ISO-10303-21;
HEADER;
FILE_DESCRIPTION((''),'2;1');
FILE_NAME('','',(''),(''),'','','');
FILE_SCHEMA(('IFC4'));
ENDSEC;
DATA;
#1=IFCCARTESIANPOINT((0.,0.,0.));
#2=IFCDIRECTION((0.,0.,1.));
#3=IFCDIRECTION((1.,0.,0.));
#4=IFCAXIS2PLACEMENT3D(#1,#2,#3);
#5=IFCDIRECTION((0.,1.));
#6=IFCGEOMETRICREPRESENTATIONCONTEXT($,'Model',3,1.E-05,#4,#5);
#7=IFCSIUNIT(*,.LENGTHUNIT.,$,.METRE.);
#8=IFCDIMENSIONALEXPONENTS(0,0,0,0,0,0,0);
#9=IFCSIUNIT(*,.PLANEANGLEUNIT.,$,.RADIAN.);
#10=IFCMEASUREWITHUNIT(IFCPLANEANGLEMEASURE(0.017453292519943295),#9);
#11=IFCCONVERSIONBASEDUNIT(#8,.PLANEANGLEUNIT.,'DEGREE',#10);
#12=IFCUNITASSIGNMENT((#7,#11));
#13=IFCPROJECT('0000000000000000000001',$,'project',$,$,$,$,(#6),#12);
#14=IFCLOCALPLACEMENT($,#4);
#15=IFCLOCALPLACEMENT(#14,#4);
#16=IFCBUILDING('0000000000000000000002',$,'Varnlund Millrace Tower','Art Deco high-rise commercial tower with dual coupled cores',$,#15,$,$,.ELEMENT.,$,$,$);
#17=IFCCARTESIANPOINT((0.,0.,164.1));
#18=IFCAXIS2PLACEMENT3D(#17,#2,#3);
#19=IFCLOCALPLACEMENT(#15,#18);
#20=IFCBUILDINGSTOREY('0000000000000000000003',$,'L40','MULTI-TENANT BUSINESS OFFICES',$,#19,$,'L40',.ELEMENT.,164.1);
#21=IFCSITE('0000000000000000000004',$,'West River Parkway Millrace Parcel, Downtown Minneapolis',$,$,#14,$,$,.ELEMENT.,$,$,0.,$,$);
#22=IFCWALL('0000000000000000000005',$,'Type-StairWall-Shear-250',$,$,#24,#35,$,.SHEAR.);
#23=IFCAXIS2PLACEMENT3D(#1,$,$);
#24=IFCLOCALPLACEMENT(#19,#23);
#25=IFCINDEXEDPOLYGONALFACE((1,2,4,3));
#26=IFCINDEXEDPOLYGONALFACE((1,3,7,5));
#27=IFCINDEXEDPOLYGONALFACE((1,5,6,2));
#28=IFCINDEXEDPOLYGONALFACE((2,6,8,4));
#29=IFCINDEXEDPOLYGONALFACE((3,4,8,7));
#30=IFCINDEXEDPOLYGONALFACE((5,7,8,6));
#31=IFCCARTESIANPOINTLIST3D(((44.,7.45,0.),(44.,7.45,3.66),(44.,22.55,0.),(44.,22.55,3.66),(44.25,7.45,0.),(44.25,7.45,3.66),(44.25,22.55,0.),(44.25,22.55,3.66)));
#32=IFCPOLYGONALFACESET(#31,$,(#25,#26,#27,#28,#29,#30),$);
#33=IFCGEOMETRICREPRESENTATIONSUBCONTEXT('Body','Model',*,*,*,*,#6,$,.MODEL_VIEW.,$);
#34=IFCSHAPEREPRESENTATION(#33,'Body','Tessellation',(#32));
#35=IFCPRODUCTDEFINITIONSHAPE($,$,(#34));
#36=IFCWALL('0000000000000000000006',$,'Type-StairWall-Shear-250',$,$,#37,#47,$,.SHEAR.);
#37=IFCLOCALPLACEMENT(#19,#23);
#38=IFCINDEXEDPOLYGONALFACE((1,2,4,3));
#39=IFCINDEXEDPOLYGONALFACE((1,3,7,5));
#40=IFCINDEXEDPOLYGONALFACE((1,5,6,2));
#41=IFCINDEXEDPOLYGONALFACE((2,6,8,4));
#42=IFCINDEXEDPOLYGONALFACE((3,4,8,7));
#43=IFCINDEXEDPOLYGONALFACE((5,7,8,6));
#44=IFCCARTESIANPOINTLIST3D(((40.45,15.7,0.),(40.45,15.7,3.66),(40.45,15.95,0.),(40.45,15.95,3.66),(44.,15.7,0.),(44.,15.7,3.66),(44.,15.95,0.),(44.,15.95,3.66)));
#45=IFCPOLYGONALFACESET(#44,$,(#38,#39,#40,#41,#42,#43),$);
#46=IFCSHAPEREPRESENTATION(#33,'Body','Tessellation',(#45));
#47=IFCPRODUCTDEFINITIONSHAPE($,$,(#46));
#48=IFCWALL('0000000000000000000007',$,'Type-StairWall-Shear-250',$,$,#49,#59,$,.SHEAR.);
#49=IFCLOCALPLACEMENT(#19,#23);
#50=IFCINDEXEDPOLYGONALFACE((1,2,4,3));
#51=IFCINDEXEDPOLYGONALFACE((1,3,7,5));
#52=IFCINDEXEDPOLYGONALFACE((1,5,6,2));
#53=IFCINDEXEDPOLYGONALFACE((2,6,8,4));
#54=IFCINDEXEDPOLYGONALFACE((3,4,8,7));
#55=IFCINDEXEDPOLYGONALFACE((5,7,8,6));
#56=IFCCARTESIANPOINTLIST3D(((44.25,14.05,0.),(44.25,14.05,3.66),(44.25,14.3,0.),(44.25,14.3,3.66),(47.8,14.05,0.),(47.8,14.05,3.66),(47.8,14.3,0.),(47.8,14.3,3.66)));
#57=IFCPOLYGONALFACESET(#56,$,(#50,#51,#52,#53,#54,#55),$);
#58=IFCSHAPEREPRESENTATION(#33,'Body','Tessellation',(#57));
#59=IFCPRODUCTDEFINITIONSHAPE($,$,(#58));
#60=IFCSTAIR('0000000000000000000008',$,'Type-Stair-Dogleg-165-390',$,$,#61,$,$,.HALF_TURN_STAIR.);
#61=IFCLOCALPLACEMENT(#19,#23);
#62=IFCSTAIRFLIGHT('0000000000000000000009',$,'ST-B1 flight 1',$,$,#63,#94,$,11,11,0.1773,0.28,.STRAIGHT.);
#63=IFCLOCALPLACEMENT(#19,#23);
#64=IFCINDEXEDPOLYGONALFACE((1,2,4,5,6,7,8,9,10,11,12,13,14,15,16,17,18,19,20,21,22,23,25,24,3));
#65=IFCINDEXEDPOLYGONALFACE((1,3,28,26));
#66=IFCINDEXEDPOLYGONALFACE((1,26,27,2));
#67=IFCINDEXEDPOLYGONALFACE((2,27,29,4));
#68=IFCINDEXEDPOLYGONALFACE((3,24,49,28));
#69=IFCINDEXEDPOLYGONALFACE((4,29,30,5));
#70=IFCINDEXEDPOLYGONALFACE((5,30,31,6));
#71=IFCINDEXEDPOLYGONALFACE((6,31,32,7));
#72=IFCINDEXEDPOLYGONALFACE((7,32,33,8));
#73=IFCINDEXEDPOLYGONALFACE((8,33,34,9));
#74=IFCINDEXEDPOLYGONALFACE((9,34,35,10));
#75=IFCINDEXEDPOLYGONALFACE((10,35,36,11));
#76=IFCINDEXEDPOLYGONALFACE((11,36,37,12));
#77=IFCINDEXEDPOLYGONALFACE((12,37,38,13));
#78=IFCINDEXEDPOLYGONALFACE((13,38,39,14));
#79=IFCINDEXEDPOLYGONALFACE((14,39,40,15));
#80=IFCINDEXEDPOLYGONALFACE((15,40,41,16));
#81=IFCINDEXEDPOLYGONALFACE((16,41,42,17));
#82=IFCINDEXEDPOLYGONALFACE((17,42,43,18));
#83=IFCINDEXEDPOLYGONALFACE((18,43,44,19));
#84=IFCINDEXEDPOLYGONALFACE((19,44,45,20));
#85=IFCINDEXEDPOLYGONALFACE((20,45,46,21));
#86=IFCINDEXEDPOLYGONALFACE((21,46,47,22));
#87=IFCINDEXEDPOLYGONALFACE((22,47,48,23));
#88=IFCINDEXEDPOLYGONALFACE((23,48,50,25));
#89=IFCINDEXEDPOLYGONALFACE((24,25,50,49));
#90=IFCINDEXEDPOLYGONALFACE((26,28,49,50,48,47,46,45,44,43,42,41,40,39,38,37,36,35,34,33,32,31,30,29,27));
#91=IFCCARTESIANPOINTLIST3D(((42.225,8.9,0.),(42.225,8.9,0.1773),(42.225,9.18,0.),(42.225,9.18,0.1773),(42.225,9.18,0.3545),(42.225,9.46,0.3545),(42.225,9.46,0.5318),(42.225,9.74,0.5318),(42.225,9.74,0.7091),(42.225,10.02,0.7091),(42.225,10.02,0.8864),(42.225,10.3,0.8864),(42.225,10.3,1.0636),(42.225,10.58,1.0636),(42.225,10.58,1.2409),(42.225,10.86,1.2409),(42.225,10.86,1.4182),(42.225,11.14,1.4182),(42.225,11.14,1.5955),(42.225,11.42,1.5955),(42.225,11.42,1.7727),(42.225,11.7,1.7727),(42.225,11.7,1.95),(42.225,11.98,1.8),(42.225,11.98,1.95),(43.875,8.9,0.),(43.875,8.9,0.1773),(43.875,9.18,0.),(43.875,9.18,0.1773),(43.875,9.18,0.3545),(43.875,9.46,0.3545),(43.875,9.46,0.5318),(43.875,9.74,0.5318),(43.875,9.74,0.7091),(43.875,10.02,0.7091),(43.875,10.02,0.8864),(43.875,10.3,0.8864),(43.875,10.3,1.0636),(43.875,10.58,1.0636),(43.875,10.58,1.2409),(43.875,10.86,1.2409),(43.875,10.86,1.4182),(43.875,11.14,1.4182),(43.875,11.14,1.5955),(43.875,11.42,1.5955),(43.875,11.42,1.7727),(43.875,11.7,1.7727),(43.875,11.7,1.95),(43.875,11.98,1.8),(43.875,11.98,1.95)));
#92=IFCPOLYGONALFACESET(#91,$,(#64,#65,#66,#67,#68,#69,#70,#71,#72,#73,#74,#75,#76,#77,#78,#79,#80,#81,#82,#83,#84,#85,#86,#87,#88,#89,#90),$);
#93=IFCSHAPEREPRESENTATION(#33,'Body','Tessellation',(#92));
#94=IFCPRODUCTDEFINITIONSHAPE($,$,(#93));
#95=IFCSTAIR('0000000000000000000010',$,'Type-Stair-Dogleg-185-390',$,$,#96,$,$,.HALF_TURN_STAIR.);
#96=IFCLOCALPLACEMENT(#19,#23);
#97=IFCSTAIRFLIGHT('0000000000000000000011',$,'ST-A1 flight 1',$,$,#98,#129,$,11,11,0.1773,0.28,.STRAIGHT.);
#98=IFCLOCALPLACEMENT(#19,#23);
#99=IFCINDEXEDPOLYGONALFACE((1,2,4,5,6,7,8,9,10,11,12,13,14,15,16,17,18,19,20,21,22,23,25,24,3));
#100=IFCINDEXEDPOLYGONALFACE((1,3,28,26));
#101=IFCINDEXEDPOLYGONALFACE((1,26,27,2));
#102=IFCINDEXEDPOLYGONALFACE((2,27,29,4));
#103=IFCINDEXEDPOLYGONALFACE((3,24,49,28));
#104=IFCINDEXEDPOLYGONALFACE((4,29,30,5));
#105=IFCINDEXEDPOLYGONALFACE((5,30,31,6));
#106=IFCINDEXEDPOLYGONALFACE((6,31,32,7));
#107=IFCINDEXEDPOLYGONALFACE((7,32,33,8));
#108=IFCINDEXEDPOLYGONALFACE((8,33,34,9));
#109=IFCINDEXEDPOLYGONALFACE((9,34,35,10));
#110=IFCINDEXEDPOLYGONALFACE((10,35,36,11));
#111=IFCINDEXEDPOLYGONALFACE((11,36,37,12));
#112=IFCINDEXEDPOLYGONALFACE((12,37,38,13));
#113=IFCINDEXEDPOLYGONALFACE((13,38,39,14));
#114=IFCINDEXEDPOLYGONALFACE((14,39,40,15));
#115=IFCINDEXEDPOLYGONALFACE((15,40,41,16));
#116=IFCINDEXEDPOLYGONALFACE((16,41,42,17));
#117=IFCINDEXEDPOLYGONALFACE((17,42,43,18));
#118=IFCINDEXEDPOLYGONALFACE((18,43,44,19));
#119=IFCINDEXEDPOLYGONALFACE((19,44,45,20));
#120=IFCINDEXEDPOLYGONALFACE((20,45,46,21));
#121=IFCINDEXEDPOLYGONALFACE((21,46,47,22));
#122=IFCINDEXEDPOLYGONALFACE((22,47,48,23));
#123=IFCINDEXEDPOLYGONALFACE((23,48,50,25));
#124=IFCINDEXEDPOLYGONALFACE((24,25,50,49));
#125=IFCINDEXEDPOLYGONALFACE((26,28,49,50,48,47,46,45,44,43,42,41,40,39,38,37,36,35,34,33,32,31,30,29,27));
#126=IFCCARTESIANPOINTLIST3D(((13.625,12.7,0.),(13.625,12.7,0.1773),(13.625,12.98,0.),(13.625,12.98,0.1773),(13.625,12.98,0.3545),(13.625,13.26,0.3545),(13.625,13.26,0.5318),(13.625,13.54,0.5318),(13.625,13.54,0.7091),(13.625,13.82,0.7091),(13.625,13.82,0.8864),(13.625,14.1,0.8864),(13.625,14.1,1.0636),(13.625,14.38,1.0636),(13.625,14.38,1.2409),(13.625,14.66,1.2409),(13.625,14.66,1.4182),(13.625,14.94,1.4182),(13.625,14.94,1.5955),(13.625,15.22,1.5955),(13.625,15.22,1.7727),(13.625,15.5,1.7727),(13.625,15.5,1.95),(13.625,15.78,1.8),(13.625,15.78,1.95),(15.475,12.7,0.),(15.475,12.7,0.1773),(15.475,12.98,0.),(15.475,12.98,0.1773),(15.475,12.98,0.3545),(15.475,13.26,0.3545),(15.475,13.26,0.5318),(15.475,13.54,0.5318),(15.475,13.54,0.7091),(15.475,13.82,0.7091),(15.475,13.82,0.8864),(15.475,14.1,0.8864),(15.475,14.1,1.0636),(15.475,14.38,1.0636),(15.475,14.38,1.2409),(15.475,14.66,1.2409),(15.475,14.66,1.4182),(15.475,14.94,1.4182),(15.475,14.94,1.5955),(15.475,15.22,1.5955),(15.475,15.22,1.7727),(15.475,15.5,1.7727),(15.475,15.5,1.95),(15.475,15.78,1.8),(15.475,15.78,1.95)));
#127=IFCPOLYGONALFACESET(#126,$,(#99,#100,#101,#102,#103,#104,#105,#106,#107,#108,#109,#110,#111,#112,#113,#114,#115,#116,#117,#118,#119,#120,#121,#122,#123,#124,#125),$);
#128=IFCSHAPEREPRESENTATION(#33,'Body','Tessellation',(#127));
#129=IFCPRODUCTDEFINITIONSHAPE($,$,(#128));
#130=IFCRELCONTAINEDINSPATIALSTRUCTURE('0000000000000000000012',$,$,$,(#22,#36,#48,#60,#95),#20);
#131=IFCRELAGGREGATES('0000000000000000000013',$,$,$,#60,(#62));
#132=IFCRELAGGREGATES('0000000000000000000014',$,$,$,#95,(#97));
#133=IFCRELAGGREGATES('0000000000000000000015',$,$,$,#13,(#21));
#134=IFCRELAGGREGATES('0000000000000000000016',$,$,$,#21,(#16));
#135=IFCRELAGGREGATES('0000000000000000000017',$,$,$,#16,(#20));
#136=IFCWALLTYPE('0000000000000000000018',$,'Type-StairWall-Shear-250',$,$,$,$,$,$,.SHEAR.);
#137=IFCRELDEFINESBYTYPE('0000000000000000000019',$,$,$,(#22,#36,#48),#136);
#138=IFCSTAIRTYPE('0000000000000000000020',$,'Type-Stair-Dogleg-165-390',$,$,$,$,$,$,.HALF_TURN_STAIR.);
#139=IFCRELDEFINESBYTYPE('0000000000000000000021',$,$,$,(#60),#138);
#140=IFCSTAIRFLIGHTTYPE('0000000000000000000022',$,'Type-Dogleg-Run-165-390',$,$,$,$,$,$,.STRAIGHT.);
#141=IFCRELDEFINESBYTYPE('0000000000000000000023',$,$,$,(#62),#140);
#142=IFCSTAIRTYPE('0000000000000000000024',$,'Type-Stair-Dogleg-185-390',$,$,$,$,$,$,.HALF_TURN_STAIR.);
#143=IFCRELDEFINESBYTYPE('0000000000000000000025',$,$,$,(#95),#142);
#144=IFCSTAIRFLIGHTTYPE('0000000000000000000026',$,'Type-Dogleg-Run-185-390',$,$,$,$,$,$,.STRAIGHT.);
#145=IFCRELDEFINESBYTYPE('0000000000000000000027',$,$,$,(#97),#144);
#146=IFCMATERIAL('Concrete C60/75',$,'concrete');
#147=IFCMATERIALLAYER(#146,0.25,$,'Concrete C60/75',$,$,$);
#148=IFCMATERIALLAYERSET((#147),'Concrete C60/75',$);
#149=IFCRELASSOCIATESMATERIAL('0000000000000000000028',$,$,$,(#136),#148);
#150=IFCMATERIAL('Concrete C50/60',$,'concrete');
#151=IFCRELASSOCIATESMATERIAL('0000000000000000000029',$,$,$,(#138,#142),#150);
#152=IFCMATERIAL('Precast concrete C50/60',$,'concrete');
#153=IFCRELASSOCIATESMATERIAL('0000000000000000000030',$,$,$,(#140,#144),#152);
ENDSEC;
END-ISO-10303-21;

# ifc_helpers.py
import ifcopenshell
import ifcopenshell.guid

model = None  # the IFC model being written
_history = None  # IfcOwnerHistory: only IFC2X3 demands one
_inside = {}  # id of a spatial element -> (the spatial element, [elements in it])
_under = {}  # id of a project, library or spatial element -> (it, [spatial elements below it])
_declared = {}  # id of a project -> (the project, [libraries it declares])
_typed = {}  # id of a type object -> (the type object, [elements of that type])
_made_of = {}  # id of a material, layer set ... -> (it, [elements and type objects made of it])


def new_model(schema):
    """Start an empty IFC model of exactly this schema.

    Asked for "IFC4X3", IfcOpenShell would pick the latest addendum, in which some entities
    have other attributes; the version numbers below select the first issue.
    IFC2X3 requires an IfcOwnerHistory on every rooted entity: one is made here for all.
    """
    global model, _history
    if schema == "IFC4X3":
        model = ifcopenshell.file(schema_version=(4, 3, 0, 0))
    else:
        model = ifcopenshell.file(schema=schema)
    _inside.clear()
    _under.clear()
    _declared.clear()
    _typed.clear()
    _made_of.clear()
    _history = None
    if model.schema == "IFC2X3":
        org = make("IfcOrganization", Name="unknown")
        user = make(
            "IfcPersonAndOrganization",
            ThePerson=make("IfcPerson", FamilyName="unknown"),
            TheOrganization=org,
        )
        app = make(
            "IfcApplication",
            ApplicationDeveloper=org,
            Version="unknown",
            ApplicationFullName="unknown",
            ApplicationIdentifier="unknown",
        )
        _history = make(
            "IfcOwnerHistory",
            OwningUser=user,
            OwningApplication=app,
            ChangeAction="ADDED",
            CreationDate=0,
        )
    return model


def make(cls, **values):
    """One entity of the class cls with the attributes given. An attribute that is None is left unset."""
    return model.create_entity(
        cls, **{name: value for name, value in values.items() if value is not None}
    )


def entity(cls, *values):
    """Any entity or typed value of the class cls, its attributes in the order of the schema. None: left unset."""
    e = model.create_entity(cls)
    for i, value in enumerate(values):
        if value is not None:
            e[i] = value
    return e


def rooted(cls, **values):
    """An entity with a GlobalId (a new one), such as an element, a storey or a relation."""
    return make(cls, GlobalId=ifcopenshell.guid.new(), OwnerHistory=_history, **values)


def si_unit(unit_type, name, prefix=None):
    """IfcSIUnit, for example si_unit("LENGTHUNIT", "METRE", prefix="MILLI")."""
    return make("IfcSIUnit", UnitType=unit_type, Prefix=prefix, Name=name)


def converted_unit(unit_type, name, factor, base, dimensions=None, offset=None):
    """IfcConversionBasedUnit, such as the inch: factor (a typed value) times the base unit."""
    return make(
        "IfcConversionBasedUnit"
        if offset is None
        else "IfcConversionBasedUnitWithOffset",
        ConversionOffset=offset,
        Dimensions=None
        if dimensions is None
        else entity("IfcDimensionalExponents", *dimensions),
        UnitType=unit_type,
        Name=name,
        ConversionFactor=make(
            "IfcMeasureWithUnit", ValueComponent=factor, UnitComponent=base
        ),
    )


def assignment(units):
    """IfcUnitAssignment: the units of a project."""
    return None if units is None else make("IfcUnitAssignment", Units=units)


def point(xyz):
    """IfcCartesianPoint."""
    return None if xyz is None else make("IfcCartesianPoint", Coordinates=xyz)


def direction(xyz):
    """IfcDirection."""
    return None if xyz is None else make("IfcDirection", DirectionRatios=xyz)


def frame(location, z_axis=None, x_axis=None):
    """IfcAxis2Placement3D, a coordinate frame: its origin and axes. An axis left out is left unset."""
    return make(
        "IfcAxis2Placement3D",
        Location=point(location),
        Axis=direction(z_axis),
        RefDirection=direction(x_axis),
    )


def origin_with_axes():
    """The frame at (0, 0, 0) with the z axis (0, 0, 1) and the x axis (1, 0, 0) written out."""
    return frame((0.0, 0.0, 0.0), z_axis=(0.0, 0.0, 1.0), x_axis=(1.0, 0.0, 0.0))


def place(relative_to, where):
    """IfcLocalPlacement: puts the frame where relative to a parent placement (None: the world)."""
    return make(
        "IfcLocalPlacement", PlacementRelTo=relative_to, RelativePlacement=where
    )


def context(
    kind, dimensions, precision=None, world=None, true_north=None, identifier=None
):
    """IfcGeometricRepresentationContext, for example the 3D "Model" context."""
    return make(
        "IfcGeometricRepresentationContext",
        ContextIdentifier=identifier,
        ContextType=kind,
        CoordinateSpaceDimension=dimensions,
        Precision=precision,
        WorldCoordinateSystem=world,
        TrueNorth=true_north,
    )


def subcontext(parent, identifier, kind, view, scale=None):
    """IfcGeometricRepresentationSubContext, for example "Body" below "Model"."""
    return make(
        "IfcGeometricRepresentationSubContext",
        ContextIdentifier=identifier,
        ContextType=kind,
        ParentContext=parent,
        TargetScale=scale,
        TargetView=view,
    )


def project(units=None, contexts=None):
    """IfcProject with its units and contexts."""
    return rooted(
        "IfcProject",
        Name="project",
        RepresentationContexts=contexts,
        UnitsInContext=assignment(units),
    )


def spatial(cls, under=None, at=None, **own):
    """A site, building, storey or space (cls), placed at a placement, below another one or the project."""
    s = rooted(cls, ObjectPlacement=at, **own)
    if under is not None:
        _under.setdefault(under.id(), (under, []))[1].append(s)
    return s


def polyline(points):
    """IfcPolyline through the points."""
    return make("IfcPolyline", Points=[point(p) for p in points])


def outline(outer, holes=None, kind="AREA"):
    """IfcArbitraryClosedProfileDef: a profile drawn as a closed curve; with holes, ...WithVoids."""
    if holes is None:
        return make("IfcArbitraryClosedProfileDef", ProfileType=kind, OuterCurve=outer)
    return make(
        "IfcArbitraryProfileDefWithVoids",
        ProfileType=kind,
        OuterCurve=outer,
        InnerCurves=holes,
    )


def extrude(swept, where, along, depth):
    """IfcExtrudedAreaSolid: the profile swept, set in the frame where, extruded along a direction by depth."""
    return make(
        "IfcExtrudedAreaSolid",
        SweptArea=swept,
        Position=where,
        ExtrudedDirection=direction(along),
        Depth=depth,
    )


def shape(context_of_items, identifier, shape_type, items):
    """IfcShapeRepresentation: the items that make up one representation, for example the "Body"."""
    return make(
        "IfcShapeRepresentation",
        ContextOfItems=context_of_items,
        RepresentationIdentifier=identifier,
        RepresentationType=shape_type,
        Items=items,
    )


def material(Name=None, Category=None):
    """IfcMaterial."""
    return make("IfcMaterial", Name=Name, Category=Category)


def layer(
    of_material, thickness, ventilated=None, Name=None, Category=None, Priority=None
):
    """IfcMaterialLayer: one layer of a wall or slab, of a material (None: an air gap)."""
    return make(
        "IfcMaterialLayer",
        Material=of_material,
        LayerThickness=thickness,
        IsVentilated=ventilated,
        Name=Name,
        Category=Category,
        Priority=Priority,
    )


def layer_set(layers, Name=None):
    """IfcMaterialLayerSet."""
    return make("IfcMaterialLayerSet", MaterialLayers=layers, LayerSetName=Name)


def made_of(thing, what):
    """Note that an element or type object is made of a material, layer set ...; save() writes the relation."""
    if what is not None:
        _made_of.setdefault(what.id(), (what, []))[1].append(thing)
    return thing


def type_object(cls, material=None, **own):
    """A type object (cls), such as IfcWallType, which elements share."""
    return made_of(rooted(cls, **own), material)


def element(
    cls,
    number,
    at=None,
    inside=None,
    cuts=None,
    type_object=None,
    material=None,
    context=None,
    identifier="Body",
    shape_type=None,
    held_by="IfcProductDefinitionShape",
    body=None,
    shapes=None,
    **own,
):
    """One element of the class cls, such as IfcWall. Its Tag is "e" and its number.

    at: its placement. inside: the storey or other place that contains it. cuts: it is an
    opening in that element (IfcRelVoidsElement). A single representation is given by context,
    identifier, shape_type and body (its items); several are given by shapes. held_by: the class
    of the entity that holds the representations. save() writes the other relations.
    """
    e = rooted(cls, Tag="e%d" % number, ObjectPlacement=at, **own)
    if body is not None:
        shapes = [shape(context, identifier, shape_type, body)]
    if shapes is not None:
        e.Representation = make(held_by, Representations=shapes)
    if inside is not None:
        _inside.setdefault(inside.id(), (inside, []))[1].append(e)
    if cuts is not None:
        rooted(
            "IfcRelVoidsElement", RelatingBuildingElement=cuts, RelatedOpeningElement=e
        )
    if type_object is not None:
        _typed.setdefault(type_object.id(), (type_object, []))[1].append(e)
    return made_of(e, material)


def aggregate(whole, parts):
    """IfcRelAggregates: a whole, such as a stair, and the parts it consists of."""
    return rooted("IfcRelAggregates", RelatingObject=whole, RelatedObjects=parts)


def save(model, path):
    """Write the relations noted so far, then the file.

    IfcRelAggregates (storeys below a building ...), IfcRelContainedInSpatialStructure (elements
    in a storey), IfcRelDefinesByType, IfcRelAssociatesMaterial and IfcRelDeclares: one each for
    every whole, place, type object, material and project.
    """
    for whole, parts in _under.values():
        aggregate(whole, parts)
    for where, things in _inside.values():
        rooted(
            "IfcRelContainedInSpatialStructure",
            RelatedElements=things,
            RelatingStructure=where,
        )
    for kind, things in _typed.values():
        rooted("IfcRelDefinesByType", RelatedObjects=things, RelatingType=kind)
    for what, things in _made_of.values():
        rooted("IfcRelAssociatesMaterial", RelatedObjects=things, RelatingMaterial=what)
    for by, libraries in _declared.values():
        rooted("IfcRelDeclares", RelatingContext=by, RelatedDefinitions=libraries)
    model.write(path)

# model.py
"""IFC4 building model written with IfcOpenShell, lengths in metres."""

from ifc_helpers import new_model, entity, si_unit, converted_unit, direction, frame, origin_with_axes, place, context, subcontext, project, spatial, polyline, outline, extrude, material, layer, layer_set, type_object, element, aggregate, save


model = new_model("IFC4")

# Units and contexts
model_context = context("Model", 3, precision=1e-05, world=origin_with_axes(), true_north=direction((0.0, 1.0)))
body_context = subcontext(model_context, "Body", "Model", "MODEL_VIEW")
ifc_project = project(units=[si_unit("LENGTHUNIT", "METRE"), converted_unit("PLANEANGLEUNIT", "DEGREE", entity("IfcPlaneAngleMeasure", 0.017453292519943295), si_unit("PLANEANGLEUNIT", "RADIAN"), dimensions=[0, 0, 0, 0, 0, 0, 0])], contexts=[model_context])

# Site, building, storey
site_placement = place(None, origin_with_axes())
site = spatial("IfcSite", under=ifc_project, at=site_placement, Name="West River Parkway Millrace Parcel, Downtown Minneapolis", CompositionType="ELEMENT", RefElevation=0.0)
building_placement = place(site_placement, origin_with_axes())
building = spatial("IfcBuilding", under=site, at=building_placement, Name="Varnlund Millrace Tower", Description="Art Deco high-rise commercial tower with dual coupled cores", CompositionType="ELEMENT")
storey_placement = place(building_placement, frame((0.0, 0.0, 164.1), z_axis=(0.0, 0.0, 1.0), x_axis=(1.0, 0.0, 0.0)))
storey = spatial("IfcBuildingStorey", under=building, at=storey_placement, Name="L40", Description="MULTI-TENANT BUSINESS OFFICES", LongName="L40", CompositionType="ELEMENT", Elevation=164.1)

# Shared definitions
ifc_material_1 = material(Name="Concrete C60/75", Category="concrete")
ifc_layer_1 = layer(ifc_material_1, 0.25, Name="Concrete C60/75")
ifc_layer_set_1 = layer_set([ifc_layer_1], Name="Concrete C60/75")

# Walls
wall_type_1 = type_object("IfcWallType", Name="Type-StairWall-Shear-250", PredefinedType="SHEAR", material=ifc_layer_set_1)
wall_1_placement = place(storey_placement, frame((44.125, 7.45, 0.0), z_axis=(0.0, 0.0, 1.0), x_axis=(0.0, 1.0, 0.0)))
element("IfcWall", 1, at=wall_1_placement, inside=storey, type_object=wall_type_1, Name="Type-StairWall-Shear-250", PredefinedType="SHEAR", context=body_context, shape_type="SweptSolid", body=[
    extrude(outline(polyline([(0.0, -0.125), (15.1, -0.125), (15.1, 0.125), (0.0, 0.125), (0.0, -0.125)])), origin_with_axes(), (0.0, 0.0, 1.0), 3.66),
])
for number, where, z_axis, x_axis, name in (
    (2, (40.45, 15.825, 0.0), (0.0, 0.0, 1.0), (1.0, 0.0, 0.0), "Type-StairWall-Shear-250"),
    (3, (44.25, 14.175, 0.0), (0.0, 0.0, 1.0), (1.0, 0.0, 0.0), "Type-StairWall-Shear-250"),
):
    element("IfcWall", number, at=place(storey_placement, frame(where, z_axis=z_axis, x_axis=x_axis)), inside=storey, type_object=wall_type_1, Name=name, PredefinedType="SHEAR", context=body_context, shape_type="SweptSolid", body=[
        extrude(outline(polyline([(0.0, -0.125), (3.55, -0.125), (3.55, 0.125), (0.0, 0.125), (0.0, -0.125)])), origin_with_axes(), (0.0, 0.0, 1.0), 3.66),
    ])

# Stairs, stair flights
ifc_material_2 = material(Name="Concrete C50/60", Category="concrete")
stair_type_1 = type_object("IfcStairType", Name="Type-Stair-Dogleg-165-390", PredefinedType="HALF_TURN_STAIR", material=ifc_material_2)
stair_1_placement = place(storey_placement, origin_with_axes())
stair_1 = element("IfcStair", 4, at=stair_1_placement, inside=storey, type_object=stair_type_1, Name="Type-Stair-Dogleg-165-390", PredefinedType="HALF_TURN_STAIR")
ifc_material_3 = material(Name="Precast concrete C50/60", Category="concrete")
stair_flight_type_1 = type_object("IfcStairFlightType", Name="Type-Dogleg-Run-165-390", PredefinedType="STRAIGHT", material=ifc_material_3)
stair_flight_1_placement = place(storey_placement, frame((42.225, 8.9, 0.0), z_axis=(1.0, 0.0, 0.0), x_axis=(0.0, 1.0, 0.0)))
stair_flight_1 = element("IfcStairFlight", 5, at=stair_flight_1_placement, type_object=stair_flight_type_1, Name="ST-B1 flight 1", NumberOfRisers=11, NumberOfTreads=11, PredefinedType="STRAIGHT", RiserHeight=0.1773, TreadLength=0.28, context=body_context, shape_type="SweptSolid", body=[
    extrude(outline(polyline([(0.0, 0.0), (0.0, 0.1773), (0.28, 0.1773), (0.28, 0.3545), (0.56, 0.3545), (0.56, 0.5318), (0.84, 0.5318), (0.84, 0.7091), (1.12, 0.7091), (1.12, 0.8864), (1.4, 0.8864), (1.4, 1.0636), (1.68, 1.0636), (1.68, 1.2409), (1.96, 1.2409), (1.96, 1.4182), (2.24, 1.4182), (2.24, 1.5955), (2.52, 1.5955), (2.52, 1.7727), (2.8, 1.7727), (2.8, 1.95), (3.08, 1.95), (3.08, 1.8), (0.28, 0.0), (0.0, 0.0)])), origin_with_axes(), (0.0, 0.0, 1.0), 1.65),
])
aggregate(stair_1, [stair_flight_1])
stair_type_2 = type_object("IfcStairType", Name="Type-Stair-Dogleg-185-390", PredefinedType="HALF_TURN_STAIR", material=ifc_material_2)
stair_2_placement = place(storey_placement, origin_with_axes())
stair_2 = element("IfcStair", 6, at=stair_2_placement, inside=storey, type_object=stair_type_2, Name="Type-Stair-Dogleg-185-390", PredefinedType="HALF_TURN_STAIR")
stair_flight_type_2 = type_object("IfcStairFlightType", Name="Type-Dogleg-Run-185-390", PredefinedType="STRAIGHT", material=ifc_material_3)
stair_flight_2_placement = place(storey_placement, frame((13.625, 12.7, 0.0), z_axis=(1.0, 0.0, 0.0), x_axis=(0.0, 1.0, 0.0)))
stair_flight_2 = element("IfcStairFlight", 7, at=stair_flight_2_placement, type_object=stair_flight_type_2, Name="ST-A1 flight 1", NumberOfRisers=11, NumberOfTreads=11, PredefinedType="STRAIGHT", RiserHeight=0.1773, TreadLength=0.28, context=body_context, shape_type="SweptSolid", body=[
    extrude(outline(polyline([(0.0, 0.0), (0.0, 0.1773), (0.28, 0.1773), (0.28, 0.3545), (0.56, 0.3545), (0.56, 0.5318), (0.84, 0.5318), (0.84, 0.7091), (1.12, 0.7091), (1.12, 0.8864), (1.4, 0.8864), (1.4, 1.0636), (1.68, 1.0636), (1.68, 1.2409), (1.96, 1.2409), (1.96, 1.4182), (2.24, 1.4182), (2.24, 1.5955), (2.52, 1.5955), (2.52, 1.7727), (2.8, 1.7727), (2.8, 1.95), (3.08, 1.95), (3.08, 1.8), (0.28, 0.0), (0.0, 0.0)])), origin_with_axes(), (0.0, 0.0, 1.0), 1.85),
])
aggregate(stair_2, [stair_flight_2])

save(model, "model.ifc")
